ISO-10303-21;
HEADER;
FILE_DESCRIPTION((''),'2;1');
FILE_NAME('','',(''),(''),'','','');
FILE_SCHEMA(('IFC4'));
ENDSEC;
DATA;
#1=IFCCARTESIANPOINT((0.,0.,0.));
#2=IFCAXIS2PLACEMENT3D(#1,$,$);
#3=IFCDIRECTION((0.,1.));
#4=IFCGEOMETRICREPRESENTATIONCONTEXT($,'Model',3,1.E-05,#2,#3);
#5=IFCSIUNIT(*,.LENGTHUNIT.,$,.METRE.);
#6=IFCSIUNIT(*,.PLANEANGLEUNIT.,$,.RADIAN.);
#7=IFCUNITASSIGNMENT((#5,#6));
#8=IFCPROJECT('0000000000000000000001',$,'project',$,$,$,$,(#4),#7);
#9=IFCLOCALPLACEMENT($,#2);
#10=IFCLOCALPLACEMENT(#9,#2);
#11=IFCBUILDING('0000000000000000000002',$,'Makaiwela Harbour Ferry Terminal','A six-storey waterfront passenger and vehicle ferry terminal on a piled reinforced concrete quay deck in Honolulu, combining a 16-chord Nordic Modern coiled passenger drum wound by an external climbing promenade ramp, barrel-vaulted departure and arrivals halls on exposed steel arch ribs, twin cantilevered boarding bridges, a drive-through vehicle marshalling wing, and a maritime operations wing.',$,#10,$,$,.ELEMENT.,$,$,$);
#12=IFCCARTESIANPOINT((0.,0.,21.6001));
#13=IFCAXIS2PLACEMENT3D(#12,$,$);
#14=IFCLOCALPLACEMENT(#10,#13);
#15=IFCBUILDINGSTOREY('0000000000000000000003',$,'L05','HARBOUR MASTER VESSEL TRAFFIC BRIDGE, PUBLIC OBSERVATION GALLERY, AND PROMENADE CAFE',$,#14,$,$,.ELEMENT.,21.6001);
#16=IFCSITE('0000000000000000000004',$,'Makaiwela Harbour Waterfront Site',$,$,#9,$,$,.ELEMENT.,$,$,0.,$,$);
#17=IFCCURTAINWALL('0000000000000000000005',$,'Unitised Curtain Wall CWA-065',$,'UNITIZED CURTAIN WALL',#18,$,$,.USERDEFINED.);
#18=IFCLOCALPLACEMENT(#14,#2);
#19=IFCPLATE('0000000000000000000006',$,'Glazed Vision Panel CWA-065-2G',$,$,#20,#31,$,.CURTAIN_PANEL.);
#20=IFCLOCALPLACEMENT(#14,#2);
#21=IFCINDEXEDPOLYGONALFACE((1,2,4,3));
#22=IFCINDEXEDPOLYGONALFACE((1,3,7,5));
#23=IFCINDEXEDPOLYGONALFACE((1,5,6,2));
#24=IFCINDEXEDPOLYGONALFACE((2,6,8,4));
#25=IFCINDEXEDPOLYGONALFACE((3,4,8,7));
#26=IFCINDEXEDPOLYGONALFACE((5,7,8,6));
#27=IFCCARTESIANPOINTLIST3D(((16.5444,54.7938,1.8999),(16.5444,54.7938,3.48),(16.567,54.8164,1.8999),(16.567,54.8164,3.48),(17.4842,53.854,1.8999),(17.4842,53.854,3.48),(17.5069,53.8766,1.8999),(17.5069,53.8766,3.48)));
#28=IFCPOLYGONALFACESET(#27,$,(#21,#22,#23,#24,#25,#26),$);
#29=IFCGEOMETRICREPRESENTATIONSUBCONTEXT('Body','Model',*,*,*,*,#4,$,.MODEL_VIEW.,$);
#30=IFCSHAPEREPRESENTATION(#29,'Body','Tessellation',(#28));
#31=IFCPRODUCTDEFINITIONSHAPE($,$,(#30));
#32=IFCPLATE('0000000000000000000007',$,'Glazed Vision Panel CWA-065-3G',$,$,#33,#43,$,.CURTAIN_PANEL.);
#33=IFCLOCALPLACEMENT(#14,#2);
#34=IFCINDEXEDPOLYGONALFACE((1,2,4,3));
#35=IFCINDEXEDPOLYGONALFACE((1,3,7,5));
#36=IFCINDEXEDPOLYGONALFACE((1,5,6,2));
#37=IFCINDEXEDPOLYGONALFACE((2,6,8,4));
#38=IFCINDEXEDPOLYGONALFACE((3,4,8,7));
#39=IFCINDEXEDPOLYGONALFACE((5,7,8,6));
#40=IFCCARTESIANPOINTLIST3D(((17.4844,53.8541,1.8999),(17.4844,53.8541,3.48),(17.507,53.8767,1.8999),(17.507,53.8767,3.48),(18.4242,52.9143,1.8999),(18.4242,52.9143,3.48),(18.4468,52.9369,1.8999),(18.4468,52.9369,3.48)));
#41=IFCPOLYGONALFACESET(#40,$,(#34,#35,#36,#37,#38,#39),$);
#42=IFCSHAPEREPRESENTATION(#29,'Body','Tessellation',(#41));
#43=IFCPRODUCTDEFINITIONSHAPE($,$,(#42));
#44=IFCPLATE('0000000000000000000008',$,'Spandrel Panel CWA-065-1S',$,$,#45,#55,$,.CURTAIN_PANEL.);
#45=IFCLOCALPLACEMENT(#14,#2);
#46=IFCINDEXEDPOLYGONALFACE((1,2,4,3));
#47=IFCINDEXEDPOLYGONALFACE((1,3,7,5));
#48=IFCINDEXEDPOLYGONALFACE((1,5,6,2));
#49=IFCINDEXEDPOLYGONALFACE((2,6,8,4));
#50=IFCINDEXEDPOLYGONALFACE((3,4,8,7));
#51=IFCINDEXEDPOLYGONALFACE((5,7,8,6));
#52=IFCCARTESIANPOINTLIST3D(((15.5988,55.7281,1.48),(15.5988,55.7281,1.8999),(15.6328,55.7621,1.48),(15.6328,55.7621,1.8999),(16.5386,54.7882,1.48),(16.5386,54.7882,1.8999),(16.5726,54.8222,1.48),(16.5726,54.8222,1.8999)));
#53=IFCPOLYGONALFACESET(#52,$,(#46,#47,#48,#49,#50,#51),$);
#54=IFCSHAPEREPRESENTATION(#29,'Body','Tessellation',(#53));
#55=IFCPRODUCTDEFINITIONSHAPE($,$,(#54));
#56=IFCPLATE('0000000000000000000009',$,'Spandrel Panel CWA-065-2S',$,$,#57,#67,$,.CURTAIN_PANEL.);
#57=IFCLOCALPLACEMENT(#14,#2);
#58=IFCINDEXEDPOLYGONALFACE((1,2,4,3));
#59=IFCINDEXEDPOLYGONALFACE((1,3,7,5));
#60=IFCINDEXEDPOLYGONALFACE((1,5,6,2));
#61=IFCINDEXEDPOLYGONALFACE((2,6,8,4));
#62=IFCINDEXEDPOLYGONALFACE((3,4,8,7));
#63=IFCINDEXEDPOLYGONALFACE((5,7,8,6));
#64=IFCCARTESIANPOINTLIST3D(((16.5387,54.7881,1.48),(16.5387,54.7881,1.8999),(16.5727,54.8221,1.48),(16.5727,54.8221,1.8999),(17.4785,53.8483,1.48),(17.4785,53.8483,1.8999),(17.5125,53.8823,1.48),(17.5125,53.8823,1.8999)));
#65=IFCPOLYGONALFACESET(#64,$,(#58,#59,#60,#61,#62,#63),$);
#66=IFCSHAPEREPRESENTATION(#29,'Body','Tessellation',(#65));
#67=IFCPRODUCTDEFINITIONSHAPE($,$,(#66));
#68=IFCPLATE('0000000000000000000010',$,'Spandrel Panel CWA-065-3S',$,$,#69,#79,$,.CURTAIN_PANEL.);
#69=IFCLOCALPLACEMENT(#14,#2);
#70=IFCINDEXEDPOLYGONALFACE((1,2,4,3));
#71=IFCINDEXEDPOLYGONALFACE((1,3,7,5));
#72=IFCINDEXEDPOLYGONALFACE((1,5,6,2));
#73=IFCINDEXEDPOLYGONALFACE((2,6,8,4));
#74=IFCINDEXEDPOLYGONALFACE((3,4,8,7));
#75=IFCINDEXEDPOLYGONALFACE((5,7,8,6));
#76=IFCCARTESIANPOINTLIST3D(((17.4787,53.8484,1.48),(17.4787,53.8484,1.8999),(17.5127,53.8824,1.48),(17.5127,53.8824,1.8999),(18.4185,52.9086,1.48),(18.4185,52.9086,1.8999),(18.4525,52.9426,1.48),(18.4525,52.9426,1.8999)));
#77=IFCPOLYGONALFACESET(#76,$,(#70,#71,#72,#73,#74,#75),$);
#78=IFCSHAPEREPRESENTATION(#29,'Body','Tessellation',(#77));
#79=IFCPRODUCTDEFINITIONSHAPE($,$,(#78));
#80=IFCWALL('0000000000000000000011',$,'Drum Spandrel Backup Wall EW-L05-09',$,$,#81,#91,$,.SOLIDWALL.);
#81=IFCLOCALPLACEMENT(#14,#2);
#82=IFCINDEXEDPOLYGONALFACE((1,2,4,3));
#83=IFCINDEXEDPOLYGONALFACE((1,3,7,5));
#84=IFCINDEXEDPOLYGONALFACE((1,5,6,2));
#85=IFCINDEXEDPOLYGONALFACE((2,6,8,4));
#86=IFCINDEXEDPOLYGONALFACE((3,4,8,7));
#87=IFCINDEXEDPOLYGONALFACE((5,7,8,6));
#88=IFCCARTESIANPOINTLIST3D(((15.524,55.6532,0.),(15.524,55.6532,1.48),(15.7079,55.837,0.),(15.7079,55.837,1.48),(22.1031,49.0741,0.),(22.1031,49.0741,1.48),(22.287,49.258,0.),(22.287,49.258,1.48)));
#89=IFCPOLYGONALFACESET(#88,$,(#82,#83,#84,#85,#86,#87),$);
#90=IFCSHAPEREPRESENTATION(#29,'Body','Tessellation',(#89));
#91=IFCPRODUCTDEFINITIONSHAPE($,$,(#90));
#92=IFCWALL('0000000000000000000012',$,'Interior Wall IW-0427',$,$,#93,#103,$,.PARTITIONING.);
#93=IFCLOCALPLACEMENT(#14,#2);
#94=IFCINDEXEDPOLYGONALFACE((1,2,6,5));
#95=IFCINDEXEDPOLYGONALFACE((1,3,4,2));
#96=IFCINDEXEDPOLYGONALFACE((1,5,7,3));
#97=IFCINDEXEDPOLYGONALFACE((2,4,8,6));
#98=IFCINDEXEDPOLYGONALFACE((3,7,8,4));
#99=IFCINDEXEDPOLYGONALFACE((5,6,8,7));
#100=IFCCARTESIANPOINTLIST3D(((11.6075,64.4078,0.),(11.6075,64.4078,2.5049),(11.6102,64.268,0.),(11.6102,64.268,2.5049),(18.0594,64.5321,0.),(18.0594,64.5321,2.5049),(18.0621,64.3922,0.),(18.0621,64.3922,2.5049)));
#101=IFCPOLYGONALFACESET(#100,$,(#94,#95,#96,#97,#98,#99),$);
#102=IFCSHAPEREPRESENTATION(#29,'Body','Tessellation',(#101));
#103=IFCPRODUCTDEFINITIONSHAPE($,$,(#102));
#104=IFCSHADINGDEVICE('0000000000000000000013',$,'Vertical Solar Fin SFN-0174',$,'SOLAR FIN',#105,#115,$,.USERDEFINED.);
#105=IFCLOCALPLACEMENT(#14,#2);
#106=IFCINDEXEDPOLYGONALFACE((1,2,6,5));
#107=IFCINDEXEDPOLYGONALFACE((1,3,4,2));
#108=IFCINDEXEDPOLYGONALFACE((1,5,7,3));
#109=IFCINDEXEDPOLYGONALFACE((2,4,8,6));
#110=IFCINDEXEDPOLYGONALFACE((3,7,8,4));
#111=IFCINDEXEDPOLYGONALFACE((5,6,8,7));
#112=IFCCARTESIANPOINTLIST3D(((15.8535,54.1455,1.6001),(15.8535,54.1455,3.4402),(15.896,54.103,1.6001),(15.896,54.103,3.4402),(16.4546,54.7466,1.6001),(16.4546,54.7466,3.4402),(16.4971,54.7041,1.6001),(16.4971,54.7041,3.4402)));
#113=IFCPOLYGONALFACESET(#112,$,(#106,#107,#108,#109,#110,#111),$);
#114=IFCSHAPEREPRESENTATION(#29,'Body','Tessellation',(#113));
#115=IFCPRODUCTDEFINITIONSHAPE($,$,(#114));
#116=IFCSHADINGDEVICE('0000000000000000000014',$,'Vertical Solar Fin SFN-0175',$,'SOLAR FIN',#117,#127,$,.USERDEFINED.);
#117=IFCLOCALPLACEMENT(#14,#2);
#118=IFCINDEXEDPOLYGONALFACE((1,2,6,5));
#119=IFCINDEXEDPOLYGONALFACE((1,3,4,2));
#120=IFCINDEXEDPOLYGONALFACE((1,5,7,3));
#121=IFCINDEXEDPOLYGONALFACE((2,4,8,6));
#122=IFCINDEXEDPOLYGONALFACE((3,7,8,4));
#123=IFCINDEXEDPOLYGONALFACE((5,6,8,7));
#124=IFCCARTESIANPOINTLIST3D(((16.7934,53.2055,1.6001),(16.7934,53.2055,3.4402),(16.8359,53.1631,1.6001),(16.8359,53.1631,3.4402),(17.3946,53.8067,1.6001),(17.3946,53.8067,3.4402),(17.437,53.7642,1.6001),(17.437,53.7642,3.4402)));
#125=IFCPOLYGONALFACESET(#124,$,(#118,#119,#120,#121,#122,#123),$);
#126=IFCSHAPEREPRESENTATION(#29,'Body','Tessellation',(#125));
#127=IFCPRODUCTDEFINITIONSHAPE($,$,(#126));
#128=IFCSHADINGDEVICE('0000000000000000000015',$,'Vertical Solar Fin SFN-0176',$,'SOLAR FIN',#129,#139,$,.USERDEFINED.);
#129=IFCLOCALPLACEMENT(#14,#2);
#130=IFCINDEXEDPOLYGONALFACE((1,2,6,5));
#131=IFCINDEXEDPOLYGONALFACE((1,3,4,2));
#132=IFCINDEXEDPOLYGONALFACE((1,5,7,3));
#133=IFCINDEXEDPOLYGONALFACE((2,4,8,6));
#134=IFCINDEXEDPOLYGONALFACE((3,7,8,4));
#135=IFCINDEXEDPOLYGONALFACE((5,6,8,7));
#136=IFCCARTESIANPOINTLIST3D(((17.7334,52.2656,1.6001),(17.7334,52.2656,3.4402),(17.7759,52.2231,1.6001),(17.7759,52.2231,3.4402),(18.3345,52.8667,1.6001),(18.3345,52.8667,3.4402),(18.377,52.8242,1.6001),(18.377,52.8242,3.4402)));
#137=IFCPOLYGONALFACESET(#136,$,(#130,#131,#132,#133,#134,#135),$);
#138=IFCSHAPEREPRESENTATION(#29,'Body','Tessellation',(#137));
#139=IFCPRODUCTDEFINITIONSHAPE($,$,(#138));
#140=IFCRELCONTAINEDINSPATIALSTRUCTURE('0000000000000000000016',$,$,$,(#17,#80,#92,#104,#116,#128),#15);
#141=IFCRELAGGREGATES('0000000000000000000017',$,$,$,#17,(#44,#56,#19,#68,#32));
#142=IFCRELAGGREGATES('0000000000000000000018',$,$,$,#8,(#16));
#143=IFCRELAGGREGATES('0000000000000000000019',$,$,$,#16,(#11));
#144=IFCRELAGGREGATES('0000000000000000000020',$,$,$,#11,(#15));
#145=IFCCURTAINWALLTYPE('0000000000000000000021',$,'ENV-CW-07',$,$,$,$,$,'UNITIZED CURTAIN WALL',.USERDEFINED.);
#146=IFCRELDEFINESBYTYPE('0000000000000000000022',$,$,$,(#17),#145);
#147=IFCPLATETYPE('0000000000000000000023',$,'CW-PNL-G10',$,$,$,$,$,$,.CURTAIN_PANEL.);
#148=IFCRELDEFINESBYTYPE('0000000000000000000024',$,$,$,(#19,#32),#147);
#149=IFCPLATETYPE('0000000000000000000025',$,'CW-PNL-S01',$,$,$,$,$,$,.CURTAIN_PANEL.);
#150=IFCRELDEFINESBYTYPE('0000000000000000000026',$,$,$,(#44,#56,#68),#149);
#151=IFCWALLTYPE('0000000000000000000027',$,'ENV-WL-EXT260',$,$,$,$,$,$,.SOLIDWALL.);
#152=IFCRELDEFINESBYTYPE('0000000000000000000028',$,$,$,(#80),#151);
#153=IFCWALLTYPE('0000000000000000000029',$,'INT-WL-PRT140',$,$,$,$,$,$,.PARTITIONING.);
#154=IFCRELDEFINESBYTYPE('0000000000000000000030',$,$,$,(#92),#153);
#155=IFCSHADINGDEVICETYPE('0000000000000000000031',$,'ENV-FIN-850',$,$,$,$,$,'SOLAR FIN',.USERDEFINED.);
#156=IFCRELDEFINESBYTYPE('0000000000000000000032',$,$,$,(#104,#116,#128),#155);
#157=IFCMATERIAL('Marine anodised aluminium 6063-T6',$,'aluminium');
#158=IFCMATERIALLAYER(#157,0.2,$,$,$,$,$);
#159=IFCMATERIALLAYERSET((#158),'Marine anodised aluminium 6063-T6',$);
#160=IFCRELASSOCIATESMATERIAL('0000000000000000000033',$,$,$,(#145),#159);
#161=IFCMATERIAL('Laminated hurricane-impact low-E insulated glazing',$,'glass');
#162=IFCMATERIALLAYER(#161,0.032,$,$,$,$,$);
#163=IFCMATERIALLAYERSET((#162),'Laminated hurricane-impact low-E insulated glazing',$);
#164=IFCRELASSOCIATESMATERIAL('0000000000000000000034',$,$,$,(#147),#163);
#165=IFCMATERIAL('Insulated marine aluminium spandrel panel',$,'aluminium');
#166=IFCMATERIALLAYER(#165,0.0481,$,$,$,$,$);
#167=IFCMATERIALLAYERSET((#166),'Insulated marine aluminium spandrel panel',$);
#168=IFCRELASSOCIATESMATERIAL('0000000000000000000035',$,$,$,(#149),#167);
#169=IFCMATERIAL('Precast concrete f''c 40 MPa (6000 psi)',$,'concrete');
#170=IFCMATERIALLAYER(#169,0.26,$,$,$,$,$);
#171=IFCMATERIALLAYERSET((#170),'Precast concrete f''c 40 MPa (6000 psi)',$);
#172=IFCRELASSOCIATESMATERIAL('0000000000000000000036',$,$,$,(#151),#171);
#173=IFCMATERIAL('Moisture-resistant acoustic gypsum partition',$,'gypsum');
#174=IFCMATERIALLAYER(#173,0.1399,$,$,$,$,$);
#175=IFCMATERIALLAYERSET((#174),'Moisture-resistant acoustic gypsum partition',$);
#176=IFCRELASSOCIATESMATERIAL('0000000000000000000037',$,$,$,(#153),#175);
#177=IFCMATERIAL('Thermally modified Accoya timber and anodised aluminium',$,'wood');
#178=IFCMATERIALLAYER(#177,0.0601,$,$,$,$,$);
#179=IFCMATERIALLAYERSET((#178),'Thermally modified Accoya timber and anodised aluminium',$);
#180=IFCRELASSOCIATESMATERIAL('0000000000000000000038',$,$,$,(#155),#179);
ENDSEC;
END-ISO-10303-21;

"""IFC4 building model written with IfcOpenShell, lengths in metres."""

from ifc_helpers import new_model, si_unit, direction, frame, frame_2d, origin, origin_2d, place, context, subcontext, project, spatial, rectangle, extrude, material, layer, layer_set, type_object, element, aggregate, save


model = new_model("IFC4")

# Units and contexts
model_context = context("Model", 3, precision=1e-05, world=origin(), true_north=direction((0.0, 1.0)))
body_context = subcontext(model_context, "Body", "Model", "MODEL_VIEW")
ifc_project = project(units=[si_unit("LENGTHUNIT", "METRE"), si_unit("PLANEANGLEUNIT", "RADIAN")], contexts=[model_context])

# Site, building, storey
site_placement = place(None, origin())
site = spatial("IfcSite", under=ifc_project, at=site_placement, Name="Makaiwela Harbour Waterfront Site", CompositionType="ELEMENT", RefElevation=0.0)
building_placement = place(site_placement, origin())
building = spatial("IfcBuilding", under=site, at=building_placement, Name="Makaiwela Harbour Ferry Terminal", Description="A six-storey waterfront passenger and vehicle ferry terminal on a piled reinforced concrete quay deck in Honolulu, combining a 16-chord Nordic Modern coiled passenger drum wound by an external climbing promenade ramp, barrel-vaulted departure and arrivals halls on exposed steel arch ribs, twin cantilevered boarding bridges, a drive-through vehicle marshalling wing, and a maritime operations wing.", CompositionType="ELEMENT")
storey_placement = place(building_placement, frame((0.0, 0.0, 21.6001)))
storey = spatial("IfcBuildingStorey", under=building, at=storey_placement, Name="L05", Description="HARBOUR MASTER VESSEL TRAFFIC BRIDGE, PUBLIC OBSERVATION GALLERY, AND PROMENADE CAFE", CompositionType="ELEMENT", Elevation=21.6001)

# Shared definitions
ifc_material_1 = material(Name="Marine anodised aluminium 6063-T6", Category="aluminium")
ifc_layer_1 = layer(ifc_material_1, 0.2)
ifc_layer_set_1 = layer_set([ifc_layer_1], Name="Marine anodised aluminium 6063-T6")
curtain_wall_type = type_object("IfcCurtainWallType", Name="ENV-CW-07", ElementType="UNITIZED CURTAIN WALL", PredefinedType="USERDEFINED", material=ifc_layer_set_1)

# Curtain wall
curtain_wall_1_placement = place(storey_placement, origin())
curtain_wall_1 = element("IfcCurtainWall", 1, at=curtain_wall_1_placement, inside=storey, type_object=curtain_wall_type, Name="Unitised Curtain Wall CWA-065", ObjectType="UNITIZED CURTAIN WALL", PredefinedType="USERDEFINED")

# Plates
ifc_material_2 = material(Name="Laminated hurricane-impact low-E insulated glazing", Category="glass")
ifc_layer_2 = layer(ifc_material_2, 0.032)
ifc_layer_set_2 = layer_set([ifc_layer_2], Name="Laminated hurricane-impact low-E insulated glazing")
plate_type_1 = type_object("IfcPlateType", Name="CW-PNL-G10", PredefinedType="CURTAIN_PANEL", material=ifc_layer_set_2)
plate_1_placement = place(storey_placement, frame((17.0256, 54.3352, 1.8999), z_axis=(0.0, 0.0, 1.0), x_axis=(0.707107, -0.707107, 0.0)))
plate_1 = element("IfcPlate", 2, at=plate_1_placement, type_object=plate_type_1, Name="Glazed Vision Panel CWA-065-2G", PredefinedType="CURTAIN_PANEL", context=body_context, shape_type="SweptSolid", body=[
    extrude(rectangle(XDim=1.3291, YDim=0.032, at=origin_2d()), origin(), (0.0, 0.0, 1.0), 1.5801),
])
plate_2_placement = place(storey_placement, frame((17.9656, 53.3955, 1.8999), z_axis=(0.0, 0.0, 1.0), x_axis=(0.707107, -0.707107, 0.0)))
plate_2 = element("IfcPlate", 3, at=plate_2_placement, type_object=plate_type_1, Name="Glazed Vision Panel CWA-065-3G", PredefinedType="CURTAIN_PANEL", context=body_context, shape_type="SweptSolid", body=[
    extrude(rectangle(XDim=1.3291, YDim=0.032, at=origin_2d()), origin(), (0.0, 0.0, 1.0), 1.5801),
])
ifc_material_3 = material(Name="Insulated marine aluminium spandrel panel", Category="aluminium")
ifc_layer_3 = layer(ifc_material_3, 0.0481)
ifc_layer_set_3 = layer_set([ifc_layer_3], Name="Insulated marine aluminium spandrel panel")
plate_type_2 = type_object("IfcPlateType", Name="CW-PNL-S01", PredefinedType="CURTAIN_PANEL", material=ifc_layer_set_3)
plate_3_placement = place(storey_placement, frame((16.0857, 55.2751, 1.48), z_axis=(0.0, 0.0, 1.0), x_axis=(0.707107, -0.707107, 0.0)))
plate_3 = element("IfcPlate", 4, at=plate_3_placement, type_object=plate_type_2, Name="Spandrel Panel CWA-065-1S", PredefinedType="CURTAIN_PANEL", context=body_context, shape_type="SweptSolid", body=[
    extrude(rectangle(XDim=1.3291, YDim=0.0481, at=origin_2d()), origin(), (0.0, 0.0, 1.0), 0.4199),
])
plate_4_placement = place(storey_placement, frame((17.0256, 54.3352, 1.48), z_axis=(0.0, 0.0, 1.0), x_axis=(0.707107, -0.707107, 0.0)))
plate_4 = element("IfcPlate", 5, at=plate_4_placement, type_object=plate_type_2, Name="Spandrel Panel CWA-065-2S", PredefinedType="CURTAIN_PANEL", context=body_context, shape_type="SweptSolid", body=[
    extrude(rectangle(XDim=1.3291, YDim=0.0481, at=origin_2d()), origin(), (0.0, 0.0, 1.0), 0.4199),
])
plate_5_placement = place(storey_placement, frame((17.9656, 53.3955, 1.48), z_axis=(0.0, 0.0, 1.0), x_axis=(0.707107, -0.707107, 0.0)))
plate_5 = element("IfcPlate", 6, at=plate_5_placement, type_object=plate_type_2, Name="Spandrel Panel CWA-065-3S", PredefinedType="CURTAIN_PANEL", context=body_context, shape_type="SweptSolid", body=[
    extrude(rectangle(XDim=1.3291, YDim=0.0481, at=origin_2d()), origin(), (0.0, 0.0, 1.0), 0.4199),
])
aggregate(curtain_wall_1, [plate_3, plate_4, plate_1, plate_5, plate_2])

# Walls
ifc_material_4 = material(Name="Precast concrete f'c 40 MPa (6000 psi)", Category="concrete")
ifc_layer_4 = layer(ifc_material_4, 0.26)
ifc_layer_set_4 = layer_set([ifc_layer_4], Name="Precast concrete f'c 40 MPa (6000 psi)")
wall_type_1 = type_object("IfcWallType", Name="ENV-WL-EXT260", PredefinedType="SOLIDWALL", material=ifc_layer_set_4)
wall_1_placement = place(storey_placement, frame((15.616, 55.7451, 0.0), z_axis=(0.0, 0.0, 1.0), x_axis=(0.707107, -0.707107, 0.0)))
element("IfcWall", 7, at=wall_1_placement, inside=storey, type_object=wall_type_1, Name="Drum Spandrel Backup Wall EW-L05-09", PredefinedType="SOLIDWALL", context=body_context, shape_type="SweptSolid", body=[
    extrude(rectangle(XDim=9.3042, YDim=0.26, at=frame_2d((4.6521, 0.0))), origin(), (0.0, 0.0, 1.0), 1.48),
])
ifc_material_5 = material(Name="Moisture-resistant acoustic gypsum partition", Category="gypsum")
ifc_layer_5 = layer(ifc_material_5, 0.1399)
ifc_layer_set_5 = layer_set([ifc_layer_5], Name="Moisture-resistant acoustic gypsum partition")
wall_type_2 = type_object("IfcWallType", Name="INT-WL-PRT140", PredefinedType="PARTITIONING", material=ifc_layer_set_5)
wall_2_placement = place(storey_placement, frame((18.0608, 64.4622, 0.0), z_axis=(0.0, 0.0, 1.0), x_axis=(-0.999815, -0.019257, 0.0)))
element("IfcWall", 8, at=wall_2_placement, inside=storey, type_object=wall_type_2, Name="Interior Wall IW-0427", PredefinedType="PARTITIONING", context=body_context, shape_type="SweptSolid", body=[
    extrude(rectangle(XDim=6.4531, YDim=0.1399, at=frame_2d((3.2266, 0.0))), origin(), (0.0, 0.0, 1.0), 2.5049),
])

# Shading devices
ifc_material_6 = material(Name="Thermally modified Accoya timber and anodised aluminium", Category="wood")
ifc_layer_6 = layer(ifc_material_6, 0.0601)
ifc_layer_set_6 = layer_set([ifc_layer_6], Name="Thermally modified Accoya timber and anodised aluminium")
shading_device_type = type_object("IfcShadingDeviceType", Name="ENV-FIN-850", ElementType="SOLAR FIN", PredefinedType="USERDEFINED", material=ifc_layer_set_6)
for number, where, z_axis, x_axis, name in (
    (9, (16.1753, 54.4248, 1.6001), (0.0, 0.0, 1.0), (-0.707107, -0.707107, 0.0), "Vertical Solar Fin SFN-0174"),
    (10, (17.1152, 53.4849, 1.6001), (0.0, 0.0, 1.0), (-0.707107, -0.707107, 0.0), "Vertical Solar Fin SFN-0175"),
    (11, (18.0552, 52.5449, 1.6001), (0.0, 0.0, 1.0), (-0.707107, -0.707107, 0.0), "Vertical Solar Fin SFN-0176"),
):
    element("IfcShadingDevice", number, at=place(storey_placement, frame(where, z_axis=z_axis, x_axis=x_axis)), inside=storey, type_object=shading_device_type, Name=name, ObjectType="SOLAR FIN", PredefinedType="USERDEFINED", context=body_context, shape_type="SweptSolid", body=[
        extrude(rectangle(XDim=0.8501, YDim=0.0601, at=origin_2d()), origin(), (0.0, 0.0, 1.0), 1.8401),
    ])

save(model, "model.ifc")
